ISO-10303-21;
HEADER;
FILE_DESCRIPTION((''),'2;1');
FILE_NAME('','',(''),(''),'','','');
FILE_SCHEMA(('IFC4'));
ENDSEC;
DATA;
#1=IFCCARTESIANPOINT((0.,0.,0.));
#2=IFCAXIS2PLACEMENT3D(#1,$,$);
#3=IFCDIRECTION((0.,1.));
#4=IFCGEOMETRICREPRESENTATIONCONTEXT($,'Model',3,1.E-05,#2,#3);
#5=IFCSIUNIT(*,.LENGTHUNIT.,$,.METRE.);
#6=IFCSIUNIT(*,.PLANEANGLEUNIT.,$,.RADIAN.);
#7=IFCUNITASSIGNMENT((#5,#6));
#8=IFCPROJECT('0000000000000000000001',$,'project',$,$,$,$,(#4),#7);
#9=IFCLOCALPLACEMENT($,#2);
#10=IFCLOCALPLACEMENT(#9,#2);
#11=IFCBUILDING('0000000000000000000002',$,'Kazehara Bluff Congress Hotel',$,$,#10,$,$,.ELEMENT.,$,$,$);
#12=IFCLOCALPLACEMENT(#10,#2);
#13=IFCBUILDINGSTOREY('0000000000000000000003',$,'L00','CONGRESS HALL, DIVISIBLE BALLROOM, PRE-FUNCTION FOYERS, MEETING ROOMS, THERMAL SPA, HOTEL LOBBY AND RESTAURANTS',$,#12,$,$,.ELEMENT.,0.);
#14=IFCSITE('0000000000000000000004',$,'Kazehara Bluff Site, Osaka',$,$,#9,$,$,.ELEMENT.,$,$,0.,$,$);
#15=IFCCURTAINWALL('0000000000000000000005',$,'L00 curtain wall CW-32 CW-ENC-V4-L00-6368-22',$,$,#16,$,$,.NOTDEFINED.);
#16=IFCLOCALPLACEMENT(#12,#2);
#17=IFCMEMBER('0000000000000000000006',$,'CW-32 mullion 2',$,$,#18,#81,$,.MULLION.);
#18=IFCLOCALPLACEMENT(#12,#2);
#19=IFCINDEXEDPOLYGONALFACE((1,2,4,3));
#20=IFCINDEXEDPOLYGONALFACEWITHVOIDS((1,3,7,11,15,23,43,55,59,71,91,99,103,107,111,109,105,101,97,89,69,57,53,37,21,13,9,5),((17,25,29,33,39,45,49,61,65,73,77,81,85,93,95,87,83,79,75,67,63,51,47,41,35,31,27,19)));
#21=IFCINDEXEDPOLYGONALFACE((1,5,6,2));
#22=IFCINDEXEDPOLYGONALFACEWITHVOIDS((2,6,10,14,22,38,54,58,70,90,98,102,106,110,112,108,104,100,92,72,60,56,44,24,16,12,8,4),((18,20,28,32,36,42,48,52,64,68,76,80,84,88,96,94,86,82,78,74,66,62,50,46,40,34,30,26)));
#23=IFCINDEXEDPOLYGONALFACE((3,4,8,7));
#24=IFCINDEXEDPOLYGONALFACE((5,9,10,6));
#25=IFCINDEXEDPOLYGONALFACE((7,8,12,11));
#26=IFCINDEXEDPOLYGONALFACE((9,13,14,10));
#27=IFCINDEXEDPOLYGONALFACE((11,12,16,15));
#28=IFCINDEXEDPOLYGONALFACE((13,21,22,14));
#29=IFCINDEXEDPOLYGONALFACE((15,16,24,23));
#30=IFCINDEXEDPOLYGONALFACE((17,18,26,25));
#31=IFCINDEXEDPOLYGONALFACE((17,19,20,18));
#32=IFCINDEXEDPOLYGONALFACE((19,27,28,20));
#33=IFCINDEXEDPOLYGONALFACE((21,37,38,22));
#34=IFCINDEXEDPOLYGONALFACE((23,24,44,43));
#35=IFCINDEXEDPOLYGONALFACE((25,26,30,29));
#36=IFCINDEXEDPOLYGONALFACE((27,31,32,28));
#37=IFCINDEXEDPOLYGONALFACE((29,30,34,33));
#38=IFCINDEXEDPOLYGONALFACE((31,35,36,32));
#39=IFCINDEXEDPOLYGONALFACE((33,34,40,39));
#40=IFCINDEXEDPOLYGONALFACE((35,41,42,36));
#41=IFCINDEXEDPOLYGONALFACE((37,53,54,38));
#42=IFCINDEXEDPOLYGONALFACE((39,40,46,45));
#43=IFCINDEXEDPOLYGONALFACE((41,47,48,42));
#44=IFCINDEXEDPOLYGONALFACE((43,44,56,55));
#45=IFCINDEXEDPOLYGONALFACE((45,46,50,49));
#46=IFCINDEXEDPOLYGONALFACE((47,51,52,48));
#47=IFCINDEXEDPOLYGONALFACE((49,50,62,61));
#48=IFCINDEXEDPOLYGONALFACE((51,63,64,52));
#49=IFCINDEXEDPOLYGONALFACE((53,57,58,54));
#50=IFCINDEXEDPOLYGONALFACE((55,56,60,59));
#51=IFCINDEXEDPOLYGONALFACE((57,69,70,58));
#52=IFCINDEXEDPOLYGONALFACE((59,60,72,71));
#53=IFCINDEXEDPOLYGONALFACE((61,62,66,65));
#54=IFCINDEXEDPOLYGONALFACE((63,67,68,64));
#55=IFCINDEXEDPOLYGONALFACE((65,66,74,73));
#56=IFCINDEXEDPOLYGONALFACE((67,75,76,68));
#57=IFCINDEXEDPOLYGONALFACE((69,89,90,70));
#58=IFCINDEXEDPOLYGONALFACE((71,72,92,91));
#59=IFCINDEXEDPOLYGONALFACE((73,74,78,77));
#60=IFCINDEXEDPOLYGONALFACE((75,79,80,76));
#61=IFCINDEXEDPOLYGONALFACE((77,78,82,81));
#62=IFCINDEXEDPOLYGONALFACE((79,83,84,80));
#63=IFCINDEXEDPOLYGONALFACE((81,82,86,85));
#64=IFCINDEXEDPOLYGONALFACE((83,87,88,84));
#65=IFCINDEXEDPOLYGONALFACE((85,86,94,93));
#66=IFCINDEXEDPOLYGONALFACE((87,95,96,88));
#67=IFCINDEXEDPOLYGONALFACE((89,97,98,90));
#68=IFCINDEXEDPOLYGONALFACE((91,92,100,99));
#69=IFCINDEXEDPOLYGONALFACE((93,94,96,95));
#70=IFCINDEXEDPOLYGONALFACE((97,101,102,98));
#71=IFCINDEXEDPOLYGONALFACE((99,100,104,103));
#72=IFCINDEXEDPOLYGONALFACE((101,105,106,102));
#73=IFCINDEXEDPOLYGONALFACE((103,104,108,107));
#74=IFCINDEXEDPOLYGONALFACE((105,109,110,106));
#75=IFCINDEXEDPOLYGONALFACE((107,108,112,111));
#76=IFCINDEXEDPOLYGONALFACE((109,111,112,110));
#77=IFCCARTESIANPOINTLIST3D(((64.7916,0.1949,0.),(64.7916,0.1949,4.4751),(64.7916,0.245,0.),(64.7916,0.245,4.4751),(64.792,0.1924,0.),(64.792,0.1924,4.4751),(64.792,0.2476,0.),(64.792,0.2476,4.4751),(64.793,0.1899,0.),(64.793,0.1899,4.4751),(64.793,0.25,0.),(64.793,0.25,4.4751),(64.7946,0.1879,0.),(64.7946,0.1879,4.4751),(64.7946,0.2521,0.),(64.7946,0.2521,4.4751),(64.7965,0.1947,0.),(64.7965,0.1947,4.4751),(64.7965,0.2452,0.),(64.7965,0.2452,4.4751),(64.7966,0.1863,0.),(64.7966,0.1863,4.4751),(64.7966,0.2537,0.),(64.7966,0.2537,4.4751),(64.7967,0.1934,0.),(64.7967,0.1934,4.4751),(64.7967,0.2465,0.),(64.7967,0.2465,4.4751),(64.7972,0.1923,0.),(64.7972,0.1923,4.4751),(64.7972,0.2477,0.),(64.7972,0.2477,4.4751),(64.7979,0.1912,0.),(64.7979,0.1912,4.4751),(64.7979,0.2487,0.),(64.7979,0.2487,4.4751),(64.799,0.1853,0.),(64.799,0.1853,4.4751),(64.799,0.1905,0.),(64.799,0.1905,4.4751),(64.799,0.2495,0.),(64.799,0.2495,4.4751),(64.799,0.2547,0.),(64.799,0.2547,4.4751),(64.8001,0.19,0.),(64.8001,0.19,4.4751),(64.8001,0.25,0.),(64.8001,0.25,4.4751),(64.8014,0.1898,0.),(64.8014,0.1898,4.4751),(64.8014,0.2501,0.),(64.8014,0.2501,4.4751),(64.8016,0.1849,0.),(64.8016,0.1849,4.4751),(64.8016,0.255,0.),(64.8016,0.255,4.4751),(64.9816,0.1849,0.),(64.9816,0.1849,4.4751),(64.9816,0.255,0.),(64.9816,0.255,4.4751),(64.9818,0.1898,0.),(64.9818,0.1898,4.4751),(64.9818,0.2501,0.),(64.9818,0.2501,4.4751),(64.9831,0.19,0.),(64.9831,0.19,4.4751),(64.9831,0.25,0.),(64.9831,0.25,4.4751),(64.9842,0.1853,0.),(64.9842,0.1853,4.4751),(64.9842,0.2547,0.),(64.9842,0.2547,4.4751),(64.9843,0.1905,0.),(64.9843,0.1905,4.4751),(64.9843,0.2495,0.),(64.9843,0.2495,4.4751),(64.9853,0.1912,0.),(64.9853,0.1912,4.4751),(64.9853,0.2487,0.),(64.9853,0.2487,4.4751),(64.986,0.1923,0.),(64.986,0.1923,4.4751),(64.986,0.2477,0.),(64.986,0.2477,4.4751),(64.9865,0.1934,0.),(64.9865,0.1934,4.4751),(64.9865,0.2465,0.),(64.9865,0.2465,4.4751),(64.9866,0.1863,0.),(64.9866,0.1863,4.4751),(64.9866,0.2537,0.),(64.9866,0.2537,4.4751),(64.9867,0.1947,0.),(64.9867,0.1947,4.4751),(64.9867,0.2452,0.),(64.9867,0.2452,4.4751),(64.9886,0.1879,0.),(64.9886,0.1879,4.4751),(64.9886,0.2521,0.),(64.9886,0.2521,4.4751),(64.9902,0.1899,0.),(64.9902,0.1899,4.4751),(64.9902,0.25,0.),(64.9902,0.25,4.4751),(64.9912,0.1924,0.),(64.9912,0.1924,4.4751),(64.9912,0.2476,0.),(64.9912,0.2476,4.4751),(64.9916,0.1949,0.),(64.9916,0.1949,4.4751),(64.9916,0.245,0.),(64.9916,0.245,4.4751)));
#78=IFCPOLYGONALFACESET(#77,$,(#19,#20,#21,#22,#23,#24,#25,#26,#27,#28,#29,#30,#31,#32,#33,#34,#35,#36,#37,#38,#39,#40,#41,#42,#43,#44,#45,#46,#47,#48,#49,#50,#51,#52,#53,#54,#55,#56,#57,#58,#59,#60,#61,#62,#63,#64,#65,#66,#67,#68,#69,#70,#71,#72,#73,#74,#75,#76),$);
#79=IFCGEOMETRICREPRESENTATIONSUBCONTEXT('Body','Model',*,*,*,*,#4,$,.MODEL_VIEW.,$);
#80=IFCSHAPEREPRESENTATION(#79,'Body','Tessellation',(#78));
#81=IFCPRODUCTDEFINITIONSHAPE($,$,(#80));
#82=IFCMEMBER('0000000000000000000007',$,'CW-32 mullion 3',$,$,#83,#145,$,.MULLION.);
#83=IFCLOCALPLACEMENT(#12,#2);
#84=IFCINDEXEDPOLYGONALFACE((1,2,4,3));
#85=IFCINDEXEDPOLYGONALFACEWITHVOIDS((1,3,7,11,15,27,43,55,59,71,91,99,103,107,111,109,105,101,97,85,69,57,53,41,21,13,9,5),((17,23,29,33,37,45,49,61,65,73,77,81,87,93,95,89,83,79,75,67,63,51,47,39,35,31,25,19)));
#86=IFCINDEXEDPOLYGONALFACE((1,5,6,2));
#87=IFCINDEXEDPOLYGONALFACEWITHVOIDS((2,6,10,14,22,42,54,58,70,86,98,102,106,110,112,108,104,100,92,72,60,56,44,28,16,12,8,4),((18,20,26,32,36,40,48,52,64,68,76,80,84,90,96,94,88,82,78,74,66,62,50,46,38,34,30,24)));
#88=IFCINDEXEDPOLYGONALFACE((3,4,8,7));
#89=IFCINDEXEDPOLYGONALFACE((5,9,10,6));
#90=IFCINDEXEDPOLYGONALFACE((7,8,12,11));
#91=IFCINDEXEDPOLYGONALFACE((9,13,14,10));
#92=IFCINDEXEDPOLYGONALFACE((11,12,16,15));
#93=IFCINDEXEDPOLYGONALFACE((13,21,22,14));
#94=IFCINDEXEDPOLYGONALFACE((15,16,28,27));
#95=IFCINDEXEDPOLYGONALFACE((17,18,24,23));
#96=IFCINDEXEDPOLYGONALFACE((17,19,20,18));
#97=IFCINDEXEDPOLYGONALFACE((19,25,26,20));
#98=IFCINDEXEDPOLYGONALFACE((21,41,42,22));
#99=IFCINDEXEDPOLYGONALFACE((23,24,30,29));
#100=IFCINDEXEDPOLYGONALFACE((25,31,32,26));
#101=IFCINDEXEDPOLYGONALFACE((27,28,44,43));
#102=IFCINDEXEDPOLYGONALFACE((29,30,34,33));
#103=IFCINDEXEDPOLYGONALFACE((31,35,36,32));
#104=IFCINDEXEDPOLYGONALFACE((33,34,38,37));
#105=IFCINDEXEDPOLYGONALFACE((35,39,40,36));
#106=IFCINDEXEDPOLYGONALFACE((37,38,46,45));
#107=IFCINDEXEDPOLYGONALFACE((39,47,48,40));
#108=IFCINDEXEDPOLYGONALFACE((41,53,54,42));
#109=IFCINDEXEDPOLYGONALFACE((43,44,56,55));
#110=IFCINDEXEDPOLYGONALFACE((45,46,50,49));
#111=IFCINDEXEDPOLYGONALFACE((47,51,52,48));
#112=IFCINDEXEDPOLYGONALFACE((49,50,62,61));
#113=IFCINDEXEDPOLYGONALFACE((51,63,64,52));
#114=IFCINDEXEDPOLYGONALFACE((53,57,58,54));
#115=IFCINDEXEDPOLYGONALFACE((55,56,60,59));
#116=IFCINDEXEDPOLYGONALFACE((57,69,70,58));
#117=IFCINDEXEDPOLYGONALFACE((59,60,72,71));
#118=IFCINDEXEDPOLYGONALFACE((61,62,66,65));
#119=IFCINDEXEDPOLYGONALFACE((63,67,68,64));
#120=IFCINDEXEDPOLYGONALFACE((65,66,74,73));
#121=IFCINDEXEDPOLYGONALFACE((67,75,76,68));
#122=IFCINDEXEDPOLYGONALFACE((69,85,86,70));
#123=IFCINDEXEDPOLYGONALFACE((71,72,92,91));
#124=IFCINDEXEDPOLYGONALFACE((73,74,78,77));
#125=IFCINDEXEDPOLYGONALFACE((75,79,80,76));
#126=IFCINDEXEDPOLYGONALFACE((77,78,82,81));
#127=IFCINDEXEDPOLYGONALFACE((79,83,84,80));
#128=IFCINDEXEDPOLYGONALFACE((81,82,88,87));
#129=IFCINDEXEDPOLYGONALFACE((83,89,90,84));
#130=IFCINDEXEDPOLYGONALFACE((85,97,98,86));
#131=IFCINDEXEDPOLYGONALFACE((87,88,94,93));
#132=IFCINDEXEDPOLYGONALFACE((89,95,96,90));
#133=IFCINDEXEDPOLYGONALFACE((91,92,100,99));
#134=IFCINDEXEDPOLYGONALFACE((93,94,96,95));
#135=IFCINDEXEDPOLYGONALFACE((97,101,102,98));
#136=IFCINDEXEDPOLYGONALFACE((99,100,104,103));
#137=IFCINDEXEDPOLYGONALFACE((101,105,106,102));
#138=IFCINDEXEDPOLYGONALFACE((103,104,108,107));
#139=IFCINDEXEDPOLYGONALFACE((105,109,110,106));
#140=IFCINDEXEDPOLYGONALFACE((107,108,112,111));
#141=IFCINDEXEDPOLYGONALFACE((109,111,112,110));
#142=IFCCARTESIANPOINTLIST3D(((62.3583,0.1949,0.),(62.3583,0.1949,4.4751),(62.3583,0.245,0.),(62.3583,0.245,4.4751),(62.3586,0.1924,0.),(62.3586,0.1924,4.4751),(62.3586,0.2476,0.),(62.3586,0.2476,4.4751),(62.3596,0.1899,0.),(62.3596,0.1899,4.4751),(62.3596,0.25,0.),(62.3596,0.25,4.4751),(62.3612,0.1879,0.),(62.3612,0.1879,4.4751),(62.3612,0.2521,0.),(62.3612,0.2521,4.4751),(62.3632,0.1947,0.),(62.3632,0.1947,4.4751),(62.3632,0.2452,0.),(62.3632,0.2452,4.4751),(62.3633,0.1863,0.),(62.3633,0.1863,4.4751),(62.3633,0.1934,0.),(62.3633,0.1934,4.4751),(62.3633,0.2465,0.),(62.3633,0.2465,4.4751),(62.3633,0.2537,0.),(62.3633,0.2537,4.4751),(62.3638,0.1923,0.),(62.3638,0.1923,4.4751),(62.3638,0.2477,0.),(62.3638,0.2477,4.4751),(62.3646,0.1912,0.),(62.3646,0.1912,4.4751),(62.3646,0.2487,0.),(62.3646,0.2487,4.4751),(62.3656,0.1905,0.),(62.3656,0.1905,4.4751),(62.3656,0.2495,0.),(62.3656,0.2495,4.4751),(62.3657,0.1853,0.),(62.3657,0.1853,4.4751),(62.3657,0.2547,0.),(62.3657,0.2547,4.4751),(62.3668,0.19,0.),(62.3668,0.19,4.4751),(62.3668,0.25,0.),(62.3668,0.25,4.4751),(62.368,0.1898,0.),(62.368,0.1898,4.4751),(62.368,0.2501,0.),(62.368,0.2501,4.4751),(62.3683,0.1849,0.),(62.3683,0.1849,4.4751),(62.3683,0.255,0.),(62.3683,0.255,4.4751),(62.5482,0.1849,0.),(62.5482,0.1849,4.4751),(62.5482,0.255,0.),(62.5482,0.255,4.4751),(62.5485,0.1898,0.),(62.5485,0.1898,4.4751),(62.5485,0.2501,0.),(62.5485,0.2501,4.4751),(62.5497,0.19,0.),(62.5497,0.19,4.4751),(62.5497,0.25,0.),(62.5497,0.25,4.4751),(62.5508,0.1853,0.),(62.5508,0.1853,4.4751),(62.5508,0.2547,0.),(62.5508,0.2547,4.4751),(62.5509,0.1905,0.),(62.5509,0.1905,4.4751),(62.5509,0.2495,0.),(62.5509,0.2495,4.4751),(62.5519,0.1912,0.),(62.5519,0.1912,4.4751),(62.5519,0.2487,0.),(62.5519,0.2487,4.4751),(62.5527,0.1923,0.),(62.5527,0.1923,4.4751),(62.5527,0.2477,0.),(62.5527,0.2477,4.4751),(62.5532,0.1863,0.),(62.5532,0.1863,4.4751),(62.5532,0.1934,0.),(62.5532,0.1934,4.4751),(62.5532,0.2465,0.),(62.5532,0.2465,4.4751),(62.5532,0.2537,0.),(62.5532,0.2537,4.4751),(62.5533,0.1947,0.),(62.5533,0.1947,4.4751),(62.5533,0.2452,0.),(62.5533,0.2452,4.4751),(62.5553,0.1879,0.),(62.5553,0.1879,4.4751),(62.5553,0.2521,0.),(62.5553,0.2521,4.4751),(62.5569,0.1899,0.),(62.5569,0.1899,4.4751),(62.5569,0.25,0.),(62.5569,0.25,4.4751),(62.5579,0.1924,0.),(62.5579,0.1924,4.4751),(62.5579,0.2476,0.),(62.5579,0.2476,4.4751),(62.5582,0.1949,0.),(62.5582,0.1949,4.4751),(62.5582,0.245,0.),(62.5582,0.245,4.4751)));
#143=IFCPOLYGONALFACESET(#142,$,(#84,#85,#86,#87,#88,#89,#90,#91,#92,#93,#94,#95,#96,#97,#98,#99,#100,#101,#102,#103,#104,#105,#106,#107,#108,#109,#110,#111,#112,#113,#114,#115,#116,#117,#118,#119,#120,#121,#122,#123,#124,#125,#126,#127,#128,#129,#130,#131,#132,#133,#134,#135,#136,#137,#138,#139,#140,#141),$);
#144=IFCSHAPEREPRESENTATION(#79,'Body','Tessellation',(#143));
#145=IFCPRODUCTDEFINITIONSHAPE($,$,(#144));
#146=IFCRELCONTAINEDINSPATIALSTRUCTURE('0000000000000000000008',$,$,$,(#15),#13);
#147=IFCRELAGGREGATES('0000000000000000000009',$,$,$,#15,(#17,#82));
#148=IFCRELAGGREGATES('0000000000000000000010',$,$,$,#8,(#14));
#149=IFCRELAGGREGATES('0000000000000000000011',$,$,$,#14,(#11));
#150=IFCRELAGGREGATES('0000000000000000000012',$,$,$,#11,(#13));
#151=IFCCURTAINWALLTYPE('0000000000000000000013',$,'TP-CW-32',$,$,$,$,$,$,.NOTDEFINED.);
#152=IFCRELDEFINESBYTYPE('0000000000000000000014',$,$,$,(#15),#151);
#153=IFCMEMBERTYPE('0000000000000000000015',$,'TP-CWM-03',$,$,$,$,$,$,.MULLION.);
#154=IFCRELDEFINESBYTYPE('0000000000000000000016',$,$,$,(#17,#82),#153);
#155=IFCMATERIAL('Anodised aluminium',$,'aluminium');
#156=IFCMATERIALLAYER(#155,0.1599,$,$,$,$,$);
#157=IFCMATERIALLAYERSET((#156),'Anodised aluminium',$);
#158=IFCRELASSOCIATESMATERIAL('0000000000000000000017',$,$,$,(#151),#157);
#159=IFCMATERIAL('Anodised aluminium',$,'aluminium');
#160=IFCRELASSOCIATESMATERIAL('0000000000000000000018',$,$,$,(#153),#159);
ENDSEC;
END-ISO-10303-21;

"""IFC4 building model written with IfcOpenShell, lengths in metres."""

from ifc_helpers import new_model, si_unit, direction, frame, origin, origin_2d, place, context, subcontext, project, spatial, hollow_rectangle, extrude, material, layer, layer_set, material_profile, profile_set, type_object, element, aggregate, save


model = new_model("IFC4")

# Units and contexts
model_context = context("Model", 3, precision=1e-05, world=origin(), true_north=direction((0.0, 1.0)))
body_context = subcontext(model_context, "Body", "Model", "MODEL_VIEW")
ifc_project = project(units=[si_unit("LENGTHUNIT", "METRE"), si_unit("PLANEANGLEUNIT", "RADIAN")], contexts=[model_context])

# Site, building, storey
site_placement = place(None, origin())
site = spatial("IfcSite", under=ifc_project, at=site_placement, Name="Kazehara Bluff Site, Osaka", CompositionType="ELEMENT", RefElevation=0.0)
building_placement = place(site_placement, origin())
building = spatial("IfcBuilding", under=site, at=building_placement, Name="Kazehara Bluff Congress Hotel", CompositionType="ELEMENT")
storey_placement = place(building_placement, origin())
storey = spatial("IfcBuildingStorey", under=building, at=storey_placement, Name="L00", Description="CONGRESS HALL, DIVISIBLE BALLROOM, PRE-FUNCTION FOYERS, MEETING ROOMS, THERMAL SPA, HOTEL LOBBY AND RESTAURANTS", CompositionType="ELEMENT", Elevation=0.0)

# Curtain wall, members
ifc_material_1 = material(Name="Anodised aluminium", Category="aluminium")
ifc_layer_1 = layer(ifc_material_1, 0.1599)
ifc_layer_set_1 = layer_set([ifc_layer_1], Name="Anodised aluminium")
curtain_wall_type = type_object("IfcCurtainWallType", Name="TP-CW-32", PredefinedType="NOTDEFINED", material=ifc_layer_set_1)
curtain_wall_placement = place(storey_placement, origin())
curtain_wall = element("IfcCurtainWall", 1, at=curtain_wall_placement, inside=storey, type_object=curtain_wall_type, Name="L00 curtain wall CW-32 CW-ENC-V4-L00-6368-22", PredefinedType="NOTDEFINED")
ifc_material_2 = material(Name="Anodised aluminium", Category="aluminium")
ifc_material_profile_1 = material_profile(ifc_material_2, hollow_rectangle(XDim=0.0701, YDim=0.2, WallThickness=0.0049, InnerFilletRadius=0.0049, OuterFilletRadius=0.01, at=origin_2d()))
ifc_profile_set_1 = profile_set([ifc_material_profile_1], Name="Anodised aluminium")
member_type_1 = type_object("IfcMemberType", Name="TP-CWM-03", PredefinedType="MULLION", material=ifc_profile_set_1)
member_1_placement = place(storey_placement, frame((64.8916, 0.22, 0.0), z_axis=(0.0, 0.0, 1.0), x_axis=(0.0, -1.0, 0.0)))
member_1 = element("IfcMember", 2, at=member_1_placement, type_object=member_type_1, Name="CW-32 mullion 2", PredefinedType="MULLION", context=body_context, shape_type="SweptSolid", body=[
    extrude(hollow_rectangle(XDim=0.0701, YDim=0.2, WallThickness=0.0049, InnerFilletRadius=0.0049, OuterFilletRadius=0.01, at=origin_2d()), origin(), (0.0, 0.0, 1.0), 4.4751),
])
member_2_placement = place(storey_placement, frame((62.4583, 0.22, 0.0), z_axis=(0.0, 0.0, 1.0), x_axis=(0.0, -1.0, 0.0)))
member_2 = element("IfcMember", 3, at=member_2_placement, type_object=member_type_1, Name="CW-32 mullion 3", PredefinedType="MULLION", context=body_context, shape_type="SweptSolid", body=[
    extrude(hollow_rectangle(XDim=0.0701, YDim=0.2, WallThickness=0.0049, InnerFilletRadius=0.0049, OuterFilletRadius=0.01, at=origin_2d()), origin(), (0.0, 0.0, 1.0), 4.4751),
])
aggregate(curtain_wall, [member_1, member_2])

save(model, "model.ifc")
